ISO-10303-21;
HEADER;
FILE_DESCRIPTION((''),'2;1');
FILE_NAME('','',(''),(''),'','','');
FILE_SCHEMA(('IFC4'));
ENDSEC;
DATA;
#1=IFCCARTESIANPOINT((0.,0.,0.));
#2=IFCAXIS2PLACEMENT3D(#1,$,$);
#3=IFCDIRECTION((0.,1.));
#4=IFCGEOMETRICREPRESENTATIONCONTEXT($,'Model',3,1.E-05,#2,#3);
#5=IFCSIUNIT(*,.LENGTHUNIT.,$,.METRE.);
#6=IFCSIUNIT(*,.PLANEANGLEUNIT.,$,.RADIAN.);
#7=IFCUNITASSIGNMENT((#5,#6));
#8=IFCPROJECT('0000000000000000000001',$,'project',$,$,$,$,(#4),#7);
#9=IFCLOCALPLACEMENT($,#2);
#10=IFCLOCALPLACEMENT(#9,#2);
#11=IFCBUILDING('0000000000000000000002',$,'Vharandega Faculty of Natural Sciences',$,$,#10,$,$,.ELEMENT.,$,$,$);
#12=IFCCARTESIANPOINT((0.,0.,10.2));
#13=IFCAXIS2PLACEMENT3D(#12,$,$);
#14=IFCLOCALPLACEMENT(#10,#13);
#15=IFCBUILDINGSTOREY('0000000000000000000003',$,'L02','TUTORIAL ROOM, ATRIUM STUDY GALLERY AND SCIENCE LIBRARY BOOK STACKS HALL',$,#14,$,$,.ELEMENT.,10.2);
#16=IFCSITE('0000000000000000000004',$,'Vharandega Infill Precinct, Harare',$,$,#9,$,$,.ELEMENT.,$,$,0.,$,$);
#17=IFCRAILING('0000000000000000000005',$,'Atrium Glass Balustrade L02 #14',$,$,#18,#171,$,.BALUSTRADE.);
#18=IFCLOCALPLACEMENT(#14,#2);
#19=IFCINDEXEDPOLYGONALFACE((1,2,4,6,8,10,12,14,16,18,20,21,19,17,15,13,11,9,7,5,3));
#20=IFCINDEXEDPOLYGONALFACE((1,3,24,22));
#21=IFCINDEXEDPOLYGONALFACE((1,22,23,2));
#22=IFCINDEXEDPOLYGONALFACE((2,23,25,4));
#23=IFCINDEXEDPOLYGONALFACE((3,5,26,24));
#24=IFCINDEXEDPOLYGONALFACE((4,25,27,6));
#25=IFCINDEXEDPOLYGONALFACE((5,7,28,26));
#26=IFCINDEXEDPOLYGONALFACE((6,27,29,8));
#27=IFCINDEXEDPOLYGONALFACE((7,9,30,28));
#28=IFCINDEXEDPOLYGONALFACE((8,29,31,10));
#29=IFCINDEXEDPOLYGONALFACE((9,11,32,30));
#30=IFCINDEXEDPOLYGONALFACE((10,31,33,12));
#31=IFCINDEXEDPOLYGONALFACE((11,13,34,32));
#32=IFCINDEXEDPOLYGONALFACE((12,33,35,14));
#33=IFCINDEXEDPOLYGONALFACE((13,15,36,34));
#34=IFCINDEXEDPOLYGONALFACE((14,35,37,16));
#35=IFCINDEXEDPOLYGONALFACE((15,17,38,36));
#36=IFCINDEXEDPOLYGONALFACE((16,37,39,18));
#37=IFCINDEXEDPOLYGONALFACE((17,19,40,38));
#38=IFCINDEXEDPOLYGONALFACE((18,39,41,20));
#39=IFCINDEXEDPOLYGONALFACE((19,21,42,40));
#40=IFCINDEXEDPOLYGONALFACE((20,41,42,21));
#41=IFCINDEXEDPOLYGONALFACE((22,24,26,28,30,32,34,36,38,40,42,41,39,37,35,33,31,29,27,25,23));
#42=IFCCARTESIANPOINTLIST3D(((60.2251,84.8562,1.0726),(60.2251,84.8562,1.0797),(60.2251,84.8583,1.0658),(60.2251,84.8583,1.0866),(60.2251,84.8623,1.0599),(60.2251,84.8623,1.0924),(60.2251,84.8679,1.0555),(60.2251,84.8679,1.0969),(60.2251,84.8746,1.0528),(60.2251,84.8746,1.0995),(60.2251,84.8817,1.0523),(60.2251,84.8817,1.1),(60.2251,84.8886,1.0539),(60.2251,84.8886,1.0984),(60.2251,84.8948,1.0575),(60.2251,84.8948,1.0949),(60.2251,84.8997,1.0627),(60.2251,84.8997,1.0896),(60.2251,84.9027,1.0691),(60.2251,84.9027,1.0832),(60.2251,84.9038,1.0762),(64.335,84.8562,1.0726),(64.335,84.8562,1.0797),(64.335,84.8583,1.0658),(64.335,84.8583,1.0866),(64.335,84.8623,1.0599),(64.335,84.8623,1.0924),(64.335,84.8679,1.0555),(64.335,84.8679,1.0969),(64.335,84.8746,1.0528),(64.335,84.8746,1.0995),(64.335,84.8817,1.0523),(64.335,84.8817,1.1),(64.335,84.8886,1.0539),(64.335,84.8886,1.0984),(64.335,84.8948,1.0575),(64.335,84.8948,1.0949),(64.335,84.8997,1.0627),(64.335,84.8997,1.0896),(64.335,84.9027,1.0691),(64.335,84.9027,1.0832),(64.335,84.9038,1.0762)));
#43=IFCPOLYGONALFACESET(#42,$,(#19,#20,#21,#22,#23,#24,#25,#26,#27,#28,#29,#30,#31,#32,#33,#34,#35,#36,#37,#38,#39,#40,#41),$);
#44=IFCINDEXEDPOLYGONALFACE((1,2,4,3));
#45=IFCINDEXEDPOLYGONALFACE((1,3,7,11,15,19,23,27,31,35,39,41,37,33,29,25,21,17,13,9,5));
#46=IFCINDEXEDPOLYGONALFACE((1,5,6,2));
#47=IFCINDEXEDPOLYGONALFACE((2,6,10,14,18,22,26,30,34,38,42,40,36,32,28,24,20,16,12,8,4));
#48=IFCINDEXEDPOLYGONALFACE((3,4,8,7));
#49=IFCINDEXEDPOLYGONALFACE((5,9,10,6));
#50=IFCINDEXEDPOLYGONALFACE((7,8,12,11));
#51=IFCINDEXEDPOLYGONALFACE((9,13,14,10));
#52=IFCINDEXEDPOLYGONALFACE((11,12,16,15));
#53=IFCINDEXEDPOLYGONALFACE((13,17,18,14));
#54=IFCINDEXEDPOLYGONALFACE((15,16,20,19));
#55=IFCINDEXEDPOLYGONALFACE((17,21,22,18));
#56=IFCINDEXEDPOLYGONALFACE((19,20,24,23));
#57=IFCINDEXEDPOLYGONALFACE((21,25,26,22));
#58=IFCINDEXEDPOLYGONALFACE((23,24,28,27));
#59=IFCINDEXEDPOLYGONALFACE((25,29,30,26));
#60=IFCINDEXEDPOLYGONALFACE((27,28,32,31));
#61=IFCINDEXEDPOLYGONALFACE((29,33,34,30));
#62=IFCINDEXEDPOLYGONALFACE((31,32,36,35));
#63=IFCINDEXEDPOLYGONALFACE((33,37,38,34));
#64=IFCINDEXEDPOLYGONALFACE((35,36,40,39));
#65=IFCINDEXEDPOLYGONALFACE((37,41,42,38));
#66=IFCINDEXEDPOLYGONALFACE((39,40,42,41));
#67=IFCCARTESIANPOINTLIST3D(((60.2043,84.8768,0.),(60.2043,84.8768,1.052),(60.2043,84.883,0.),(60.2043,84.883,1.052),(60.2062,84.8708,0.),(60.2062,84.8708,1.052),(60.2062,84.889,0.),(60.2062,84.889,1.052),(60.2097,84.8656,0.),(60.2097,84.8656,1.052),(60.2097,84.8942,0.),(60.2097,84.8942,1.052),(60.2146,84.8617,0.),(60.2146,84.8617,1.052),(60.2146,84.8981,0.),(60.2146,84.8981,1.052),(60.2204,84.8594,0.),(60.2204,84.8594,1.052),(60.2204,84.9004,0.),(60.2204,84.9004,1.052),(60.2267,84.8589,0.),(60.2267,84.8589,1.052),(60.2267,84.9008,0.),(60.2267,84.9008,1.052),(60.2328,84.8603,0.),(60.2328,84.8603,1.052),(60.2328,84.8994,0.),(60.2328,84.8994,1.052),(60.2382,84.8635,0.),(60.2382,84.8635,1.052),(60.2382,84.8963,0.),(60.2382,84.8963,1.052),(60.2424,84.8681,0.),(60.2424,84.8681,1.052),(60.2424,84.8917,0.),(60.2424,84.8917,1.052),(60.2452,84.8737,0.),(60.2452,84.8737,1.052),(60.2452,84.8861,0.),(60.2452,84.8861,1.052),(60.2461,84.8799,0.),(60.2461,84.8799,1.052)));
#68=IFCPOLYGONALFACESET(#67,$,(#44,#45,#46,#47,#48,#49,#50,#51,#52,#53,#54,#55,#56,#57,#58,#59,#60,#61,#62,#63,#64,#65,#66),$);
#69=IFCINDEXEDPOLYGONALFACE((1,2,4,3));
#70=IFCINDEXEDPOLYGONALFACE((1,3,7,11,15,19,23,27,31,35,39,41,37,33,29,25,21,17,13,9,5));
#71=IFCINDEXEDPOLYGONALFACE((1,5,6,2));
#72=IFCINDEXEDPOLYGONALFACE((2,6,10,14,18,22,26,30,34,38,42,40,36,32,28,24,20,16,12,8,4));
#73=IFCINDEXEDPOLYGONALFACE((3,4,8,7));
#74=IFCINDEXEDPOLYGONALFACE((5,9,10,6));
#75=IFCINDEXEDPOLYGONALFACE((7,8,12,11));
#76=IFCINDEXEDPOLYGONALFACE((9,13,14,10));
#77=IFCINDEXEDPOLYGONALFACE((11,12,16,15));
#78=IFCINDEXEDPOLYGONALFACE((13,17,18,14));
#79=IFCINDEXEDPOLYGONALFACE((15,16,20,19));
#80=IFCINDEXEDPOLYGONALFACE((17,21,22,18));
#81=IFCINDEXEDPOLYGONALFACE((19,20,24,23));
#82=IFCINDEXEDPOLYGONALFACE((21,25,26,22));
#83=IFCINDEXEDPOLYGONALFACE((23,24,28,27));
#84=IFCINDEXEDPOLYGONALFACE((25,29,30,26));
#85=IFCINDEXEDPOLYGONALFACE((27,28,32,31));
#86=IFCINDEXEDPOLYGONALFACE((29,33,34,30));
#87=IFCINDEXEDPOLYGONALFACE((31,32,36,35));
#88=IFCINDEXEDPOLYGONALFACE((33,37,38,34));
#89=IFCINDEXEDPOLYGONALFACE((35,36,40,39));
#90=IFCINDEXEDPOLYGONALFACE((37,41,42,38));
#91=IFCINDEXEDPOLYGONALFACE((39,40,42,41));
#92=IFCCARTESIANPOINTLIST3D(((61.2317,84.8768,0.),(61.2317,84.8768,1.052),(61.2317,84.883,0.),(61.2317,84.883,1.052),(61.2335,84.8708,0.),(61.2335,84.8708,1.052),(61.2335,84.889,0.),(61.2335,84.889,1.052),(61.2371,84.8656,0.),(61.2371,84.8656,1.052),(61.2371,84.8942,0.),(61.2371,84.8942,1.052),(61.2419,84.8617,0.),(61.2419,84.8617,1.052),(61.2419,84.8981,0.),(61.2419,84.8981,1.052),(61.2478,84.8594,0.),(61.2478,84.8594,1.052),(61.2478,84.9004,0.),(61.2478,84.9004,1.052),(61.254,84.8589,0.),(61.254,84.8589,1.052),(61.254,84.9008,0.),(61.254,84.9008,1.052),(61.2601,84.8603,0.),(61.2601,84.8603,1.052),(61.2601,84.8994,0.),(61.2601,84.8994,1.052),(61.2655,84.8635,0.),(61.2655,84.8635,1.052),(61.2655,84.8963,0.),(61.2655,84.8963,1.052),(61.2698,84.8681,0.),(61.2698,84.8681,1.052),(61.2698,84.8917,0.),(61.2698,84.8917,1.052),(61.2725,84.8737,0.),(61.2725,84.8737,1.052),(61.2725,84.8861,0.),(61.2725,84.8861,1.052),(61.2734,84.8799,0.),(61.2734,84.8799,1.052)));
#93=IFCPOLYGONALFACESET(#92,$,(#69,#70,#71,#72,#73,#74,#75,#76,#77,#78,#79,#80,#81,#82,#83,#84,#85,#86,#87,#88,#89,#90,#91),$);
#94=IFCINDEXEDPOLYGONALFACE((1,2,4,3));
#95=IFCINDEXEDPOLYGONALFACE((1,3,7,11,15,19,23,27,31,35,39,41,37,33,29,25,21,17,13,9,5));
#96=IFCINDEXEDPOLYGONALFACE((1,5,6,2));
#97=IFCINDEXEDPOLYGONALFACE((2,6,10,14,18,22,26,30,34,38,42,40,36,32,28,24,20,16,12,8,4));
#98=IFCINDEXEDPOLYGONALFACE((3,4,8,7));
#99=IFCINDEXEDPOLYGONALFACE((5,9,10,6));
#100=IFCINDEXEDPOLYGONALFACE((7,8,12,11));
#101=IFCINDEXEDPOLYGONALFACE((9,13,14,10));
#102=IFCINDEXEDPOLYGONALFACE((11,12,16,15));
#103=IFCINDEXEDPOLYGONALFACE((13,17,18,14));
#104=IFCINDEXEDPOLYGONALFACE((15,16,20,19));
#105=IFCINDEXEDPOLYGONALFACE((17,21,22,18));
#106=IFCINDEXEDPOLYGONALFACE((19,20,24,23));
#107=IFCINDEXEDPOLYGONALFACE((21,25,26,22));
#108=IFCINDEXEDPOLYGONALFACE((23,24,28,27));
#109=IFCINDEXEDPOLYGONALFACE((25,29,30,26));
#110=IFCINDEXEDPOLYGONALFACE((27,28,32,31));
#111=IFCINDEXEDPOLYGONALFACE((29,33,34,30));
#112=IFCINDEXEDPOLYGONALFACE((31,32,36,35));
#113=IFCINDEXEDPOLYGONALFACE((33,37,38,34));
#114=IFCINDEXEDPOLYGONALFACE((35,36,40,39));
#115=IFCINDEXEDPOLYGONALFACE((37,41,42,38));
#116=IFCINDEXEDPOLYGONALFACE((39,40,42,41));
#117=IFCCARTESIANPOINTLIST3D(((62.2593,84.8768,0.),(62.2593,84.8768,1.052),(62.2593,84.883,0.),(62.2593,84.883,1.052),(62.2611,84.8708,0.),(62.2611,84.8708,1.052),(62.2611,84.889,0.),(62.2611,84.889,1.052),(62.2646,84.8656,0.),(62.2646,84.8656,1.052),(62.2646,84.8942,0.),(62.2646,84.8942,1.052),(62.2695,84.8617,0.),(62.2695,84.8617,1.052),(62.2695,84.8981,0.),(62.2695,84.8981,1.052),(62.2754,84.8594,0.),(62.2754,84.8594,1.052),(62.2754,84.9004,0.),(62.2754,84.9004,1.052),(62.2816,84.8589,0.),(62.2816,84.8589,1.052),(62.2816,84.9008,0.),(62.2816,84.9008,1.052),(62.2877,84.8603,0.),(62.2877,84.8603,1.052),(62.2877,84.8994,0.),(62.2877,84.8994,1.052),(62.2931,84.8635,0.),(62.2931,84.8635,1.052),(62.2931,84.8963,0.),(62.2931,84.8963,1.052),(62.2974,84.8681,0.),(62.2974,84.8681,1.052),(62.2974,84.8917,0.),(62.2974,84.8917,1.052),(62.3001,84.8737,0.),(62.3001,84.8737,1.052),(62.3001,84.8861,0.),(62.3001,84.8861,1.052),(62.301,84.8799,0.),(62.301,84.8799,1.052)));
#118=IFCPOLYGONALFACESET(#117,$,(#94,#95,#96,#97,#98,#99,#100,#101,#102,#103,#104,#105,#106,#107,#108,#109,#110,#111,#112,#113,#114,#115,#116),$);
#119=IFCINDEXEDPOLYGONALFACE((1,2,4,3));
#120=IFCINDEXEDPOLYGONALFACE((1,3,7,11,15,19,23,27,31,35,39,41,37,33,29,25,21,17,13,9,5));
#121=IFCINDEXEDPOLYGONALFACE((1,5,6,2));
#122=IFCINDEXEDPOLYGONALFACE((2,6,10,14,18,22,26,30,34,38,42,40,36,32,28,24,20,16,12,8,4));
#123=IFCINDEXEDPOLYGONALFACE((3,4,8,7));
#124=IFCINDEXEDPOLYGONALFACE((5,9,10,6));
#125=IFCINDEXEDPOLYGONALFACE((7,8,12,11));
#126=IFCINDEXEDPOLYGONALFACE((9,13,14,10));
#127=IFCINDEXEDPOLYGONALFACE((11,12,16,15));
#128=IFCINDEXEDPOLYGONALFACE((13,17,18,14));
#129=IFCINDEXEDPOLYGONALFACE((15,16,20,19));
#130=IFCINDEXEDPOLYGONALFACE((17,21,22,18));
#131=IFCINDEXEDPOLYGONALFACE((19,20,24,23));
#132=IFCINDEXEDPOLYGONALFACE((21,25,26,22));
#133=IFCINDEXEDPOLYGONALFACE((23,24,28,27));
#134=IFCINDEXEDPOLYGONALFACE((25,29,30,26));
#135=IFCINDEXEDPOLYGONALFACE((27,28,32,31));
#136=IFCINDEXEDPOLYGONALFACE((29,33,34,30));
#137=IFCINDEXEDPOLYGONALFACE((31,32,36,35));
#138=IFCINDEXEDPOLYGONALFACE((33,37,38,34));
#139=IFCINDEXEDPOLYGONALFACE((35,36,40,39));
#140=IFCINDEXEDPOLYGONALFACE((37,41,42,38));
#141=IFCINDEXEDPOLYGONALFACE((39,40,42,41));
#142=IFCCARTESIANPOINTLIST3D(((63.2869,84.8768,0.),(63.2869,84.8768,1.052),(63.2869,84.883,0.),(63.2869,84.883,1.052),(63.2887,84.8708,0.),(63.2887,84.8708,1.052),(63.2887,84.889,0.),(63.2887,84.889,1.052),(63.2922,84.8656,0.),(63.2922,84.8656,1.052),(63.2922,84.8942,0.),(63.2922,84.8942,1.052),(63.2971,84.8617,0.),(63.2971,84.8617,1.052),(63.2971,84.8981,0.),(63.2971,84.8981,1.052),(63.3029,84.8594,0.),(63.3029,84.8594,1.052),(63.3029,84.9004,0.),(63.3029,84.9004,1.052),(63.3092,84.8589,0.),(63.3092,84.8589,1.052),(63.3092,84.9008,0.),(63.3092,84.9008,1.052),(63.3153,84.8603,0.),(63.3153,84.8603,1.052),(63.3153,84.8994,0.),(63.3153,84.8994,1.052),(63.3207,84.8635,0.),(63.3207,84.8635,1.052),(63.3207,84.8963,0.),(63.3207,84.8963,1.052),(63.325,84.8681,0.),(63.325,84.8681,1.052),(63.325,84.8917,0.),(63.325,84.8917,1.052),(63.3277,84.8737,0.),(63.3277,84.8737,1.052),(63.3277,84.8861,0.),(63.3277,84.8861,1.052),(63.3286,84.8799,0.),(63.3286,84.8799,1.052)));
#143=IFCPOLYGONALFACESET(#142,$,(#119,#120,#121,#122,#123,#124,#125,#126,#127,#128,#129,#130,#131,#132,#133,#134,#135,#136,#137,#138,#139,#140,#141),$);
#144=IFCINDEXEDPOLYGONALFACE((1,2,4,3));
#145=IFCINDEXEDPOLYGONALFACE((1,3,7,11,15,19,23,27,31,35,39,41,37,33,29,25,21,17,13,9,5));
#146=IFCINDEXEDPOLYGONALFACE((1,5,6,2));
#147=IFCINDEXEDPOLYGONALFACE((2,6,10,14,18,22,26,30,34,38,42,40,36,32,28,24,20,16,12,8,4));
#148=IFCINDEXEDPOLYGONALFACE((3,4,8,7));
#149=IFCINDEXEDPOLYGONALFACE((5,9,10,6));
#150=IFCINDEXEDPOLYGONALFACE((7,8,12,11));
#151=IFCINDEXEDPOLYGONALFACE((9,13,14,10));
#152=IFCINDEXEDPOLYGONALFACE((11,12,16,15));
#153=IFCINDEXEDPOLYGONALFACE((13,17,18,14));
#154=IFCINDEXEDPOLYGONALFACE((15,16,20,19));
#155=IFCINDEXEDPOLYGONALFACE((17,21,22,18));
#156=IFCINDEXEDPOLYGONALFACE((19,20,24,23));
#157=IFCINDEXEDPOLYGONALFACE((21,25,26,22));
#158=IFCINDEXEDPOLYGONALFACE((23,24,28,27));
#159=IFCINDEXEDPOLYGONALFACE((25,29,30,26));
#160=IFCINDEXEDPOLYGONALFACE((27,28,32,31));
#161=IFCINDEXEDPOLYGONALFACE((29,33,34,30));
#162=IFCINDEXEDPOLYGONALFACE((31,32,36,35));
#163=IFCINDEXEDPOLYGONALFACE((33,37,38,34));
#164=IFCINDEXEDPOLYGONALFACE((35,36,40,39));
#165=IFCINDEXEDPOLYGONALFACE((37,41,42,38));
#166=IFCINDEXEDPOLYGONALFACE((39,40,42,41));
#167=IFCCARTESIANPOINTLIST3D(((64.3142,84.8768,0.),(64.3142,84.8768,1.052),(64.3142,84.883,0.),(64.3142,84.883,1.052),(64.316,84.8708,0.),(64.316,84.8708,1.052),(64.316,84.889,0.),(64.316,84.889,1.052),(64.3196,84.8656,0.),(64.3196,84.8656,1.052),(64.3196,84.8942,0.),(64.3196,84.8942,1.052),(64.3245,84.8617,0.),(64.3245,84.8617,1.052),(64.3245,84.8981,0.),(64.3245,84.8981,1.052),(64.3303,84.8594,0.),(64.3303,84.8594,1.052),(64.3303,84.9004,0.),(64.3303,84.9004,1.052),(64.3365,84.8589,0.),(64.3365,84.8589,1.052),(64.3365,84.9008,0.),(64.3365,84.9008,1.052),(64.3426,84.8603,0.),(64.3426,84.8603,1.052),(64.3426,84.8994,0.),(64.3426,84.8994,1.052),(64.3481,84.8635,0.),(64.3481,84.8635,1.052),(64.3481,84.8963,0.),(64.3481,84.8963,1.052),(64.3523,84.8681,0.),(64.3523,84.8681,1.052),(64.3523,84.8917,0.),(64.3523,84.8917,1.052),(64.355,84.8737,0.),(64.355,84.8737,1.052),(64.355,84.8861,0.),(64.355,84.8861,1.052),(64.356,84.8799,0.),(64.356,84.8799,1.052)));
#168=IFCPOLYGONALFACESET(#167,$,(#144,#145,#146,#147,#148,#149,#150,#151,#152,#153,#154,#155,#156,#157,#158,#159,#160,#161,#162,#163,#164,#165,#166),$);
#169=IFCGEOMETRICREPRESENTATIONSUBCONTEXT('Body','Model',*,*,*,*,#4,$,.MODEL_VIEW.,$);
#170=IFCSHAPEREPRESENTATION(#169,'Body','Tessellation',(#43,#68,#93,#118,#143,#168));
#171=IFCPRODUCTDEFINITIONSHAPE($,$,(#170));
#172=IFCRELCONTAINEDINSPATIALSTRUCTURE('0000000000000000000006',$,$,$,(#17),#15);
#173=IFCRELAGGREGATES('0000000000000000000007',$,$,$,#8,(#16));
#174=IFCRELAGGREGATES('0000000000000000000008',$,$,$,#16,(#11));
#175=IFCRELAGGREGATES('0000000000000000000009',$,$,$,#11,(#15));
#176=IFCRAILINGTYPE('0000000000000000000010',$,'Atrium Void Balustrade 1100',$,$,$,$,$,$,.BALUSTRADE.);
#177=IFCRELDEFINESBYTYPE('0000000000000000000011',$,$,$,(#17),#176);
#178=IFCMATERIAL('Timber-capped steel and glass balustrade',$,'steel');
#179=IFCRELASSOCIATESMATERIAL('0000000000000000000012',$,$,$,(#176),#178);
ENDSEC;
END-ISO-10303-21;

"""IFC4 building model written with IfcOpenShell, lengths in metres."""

from ifc_helpers import new_model, si_unit, direction, frame, origin, origin_2d, place, context, subcontext, project, spatial, circle, extrude, material, type_object, element, save


model = new_model("IFC4")

# Units and contexts
model_context = context("Model", 3, precision=1e-05, world=origin(), true_north=direction((0.0, 1.0)))
body_context = subcontext(model_context, "Body", "Model", "MODEL_VIEW")
ifc_project = project(units=[si_unit("LENGTHUNIT", "METRE"), si_unit("PLANEANGLEUNIT", "RADIAN")], contexts=[model_context])

# Site, building, storey
site_placement = place(None, origin())
site = spatial("IfcSite", under=ifc_project, at=site_placement, Name="Vharandega Infill Precinct, Harare", CompositionType="ELEMENT", RefElevation=0.0)
building_placement = place(site_placement, origin())
building = spatial("IfcBuilding", under=site, at=building_placement, Name="Vharandega Faculty of Natural Sciences", CompositionType="ELEMENT")
storey_placement = place(building_placement, frame((0.0, 0.0, 10.2)))
storey = spatial("IfcBuildingStorey", under=building, at=storey_placement, Name="L02", Description="TUTORIAL ROOM, ATRIUM STUDY GALLERY AND SCIENCE LIBRARY BOOK STACKS HALL", CompositionType="ELEMENT", Elevation=10.2)

# Railing
ifc_material_1 = material(Name="Timber-capped steel and glass balustrade", Category="steel")
railing_type_1 = type_object("IfcRailingType", Name="Atrium Void Balustrade 1100", PredefinedType="BALUSTRADE", material=ifc_material_1)
railing_1_placement = place(storey_placement, frame((60.2251, 84.8799, 0.0)))
element("IfcRailing", 1, at=railing_1_placement, inside=storey, type_object=railing_type_1, Name="Atrium Glass Balustrade L02 #14", PredefinedType="BALUSTRADE", context=body_context, shape_type="SweptSolid", body=[
    extrude(circle(Radius=0.0239, at=origin_2d()), frame((0.0, 0.0, 1.0762), z_axis=(1.0, 0.0, 0.0), x_axis=(0.0, 1.0, 0.0)), (0.0, 0.0, 1.0), 4.1099),
    extrude(circle(Radius=0.021, at=origin_2d()), origin(), (0.0, 0.0, 1.0), 1.052),
    extrude(circle(Radius=0.021, at=origin_2d()), frame((1.0273, 0.0, 0.0)), (0.0, 0.0, 1.0), 1.052),
    extrude(circle(Radius=0.021, at=origin_2d()), frame((2.0549, 0.0, 0.0)), (0.0, 0.0, 1.0), 1.052),
    extrude(circle(Radius=0.021, at=origin_2d()), frame((3.0825, 0.0, 0.0)), (0.0, 0.0, 1.0), 1.052),
    extrude(circle(Radius=0.021, at=origin_2d()), frame((4.1099, 0.0, 0.0)), (0.0, 0.0, 1.0), 1.052),
])

save(model, "model.ifc")
